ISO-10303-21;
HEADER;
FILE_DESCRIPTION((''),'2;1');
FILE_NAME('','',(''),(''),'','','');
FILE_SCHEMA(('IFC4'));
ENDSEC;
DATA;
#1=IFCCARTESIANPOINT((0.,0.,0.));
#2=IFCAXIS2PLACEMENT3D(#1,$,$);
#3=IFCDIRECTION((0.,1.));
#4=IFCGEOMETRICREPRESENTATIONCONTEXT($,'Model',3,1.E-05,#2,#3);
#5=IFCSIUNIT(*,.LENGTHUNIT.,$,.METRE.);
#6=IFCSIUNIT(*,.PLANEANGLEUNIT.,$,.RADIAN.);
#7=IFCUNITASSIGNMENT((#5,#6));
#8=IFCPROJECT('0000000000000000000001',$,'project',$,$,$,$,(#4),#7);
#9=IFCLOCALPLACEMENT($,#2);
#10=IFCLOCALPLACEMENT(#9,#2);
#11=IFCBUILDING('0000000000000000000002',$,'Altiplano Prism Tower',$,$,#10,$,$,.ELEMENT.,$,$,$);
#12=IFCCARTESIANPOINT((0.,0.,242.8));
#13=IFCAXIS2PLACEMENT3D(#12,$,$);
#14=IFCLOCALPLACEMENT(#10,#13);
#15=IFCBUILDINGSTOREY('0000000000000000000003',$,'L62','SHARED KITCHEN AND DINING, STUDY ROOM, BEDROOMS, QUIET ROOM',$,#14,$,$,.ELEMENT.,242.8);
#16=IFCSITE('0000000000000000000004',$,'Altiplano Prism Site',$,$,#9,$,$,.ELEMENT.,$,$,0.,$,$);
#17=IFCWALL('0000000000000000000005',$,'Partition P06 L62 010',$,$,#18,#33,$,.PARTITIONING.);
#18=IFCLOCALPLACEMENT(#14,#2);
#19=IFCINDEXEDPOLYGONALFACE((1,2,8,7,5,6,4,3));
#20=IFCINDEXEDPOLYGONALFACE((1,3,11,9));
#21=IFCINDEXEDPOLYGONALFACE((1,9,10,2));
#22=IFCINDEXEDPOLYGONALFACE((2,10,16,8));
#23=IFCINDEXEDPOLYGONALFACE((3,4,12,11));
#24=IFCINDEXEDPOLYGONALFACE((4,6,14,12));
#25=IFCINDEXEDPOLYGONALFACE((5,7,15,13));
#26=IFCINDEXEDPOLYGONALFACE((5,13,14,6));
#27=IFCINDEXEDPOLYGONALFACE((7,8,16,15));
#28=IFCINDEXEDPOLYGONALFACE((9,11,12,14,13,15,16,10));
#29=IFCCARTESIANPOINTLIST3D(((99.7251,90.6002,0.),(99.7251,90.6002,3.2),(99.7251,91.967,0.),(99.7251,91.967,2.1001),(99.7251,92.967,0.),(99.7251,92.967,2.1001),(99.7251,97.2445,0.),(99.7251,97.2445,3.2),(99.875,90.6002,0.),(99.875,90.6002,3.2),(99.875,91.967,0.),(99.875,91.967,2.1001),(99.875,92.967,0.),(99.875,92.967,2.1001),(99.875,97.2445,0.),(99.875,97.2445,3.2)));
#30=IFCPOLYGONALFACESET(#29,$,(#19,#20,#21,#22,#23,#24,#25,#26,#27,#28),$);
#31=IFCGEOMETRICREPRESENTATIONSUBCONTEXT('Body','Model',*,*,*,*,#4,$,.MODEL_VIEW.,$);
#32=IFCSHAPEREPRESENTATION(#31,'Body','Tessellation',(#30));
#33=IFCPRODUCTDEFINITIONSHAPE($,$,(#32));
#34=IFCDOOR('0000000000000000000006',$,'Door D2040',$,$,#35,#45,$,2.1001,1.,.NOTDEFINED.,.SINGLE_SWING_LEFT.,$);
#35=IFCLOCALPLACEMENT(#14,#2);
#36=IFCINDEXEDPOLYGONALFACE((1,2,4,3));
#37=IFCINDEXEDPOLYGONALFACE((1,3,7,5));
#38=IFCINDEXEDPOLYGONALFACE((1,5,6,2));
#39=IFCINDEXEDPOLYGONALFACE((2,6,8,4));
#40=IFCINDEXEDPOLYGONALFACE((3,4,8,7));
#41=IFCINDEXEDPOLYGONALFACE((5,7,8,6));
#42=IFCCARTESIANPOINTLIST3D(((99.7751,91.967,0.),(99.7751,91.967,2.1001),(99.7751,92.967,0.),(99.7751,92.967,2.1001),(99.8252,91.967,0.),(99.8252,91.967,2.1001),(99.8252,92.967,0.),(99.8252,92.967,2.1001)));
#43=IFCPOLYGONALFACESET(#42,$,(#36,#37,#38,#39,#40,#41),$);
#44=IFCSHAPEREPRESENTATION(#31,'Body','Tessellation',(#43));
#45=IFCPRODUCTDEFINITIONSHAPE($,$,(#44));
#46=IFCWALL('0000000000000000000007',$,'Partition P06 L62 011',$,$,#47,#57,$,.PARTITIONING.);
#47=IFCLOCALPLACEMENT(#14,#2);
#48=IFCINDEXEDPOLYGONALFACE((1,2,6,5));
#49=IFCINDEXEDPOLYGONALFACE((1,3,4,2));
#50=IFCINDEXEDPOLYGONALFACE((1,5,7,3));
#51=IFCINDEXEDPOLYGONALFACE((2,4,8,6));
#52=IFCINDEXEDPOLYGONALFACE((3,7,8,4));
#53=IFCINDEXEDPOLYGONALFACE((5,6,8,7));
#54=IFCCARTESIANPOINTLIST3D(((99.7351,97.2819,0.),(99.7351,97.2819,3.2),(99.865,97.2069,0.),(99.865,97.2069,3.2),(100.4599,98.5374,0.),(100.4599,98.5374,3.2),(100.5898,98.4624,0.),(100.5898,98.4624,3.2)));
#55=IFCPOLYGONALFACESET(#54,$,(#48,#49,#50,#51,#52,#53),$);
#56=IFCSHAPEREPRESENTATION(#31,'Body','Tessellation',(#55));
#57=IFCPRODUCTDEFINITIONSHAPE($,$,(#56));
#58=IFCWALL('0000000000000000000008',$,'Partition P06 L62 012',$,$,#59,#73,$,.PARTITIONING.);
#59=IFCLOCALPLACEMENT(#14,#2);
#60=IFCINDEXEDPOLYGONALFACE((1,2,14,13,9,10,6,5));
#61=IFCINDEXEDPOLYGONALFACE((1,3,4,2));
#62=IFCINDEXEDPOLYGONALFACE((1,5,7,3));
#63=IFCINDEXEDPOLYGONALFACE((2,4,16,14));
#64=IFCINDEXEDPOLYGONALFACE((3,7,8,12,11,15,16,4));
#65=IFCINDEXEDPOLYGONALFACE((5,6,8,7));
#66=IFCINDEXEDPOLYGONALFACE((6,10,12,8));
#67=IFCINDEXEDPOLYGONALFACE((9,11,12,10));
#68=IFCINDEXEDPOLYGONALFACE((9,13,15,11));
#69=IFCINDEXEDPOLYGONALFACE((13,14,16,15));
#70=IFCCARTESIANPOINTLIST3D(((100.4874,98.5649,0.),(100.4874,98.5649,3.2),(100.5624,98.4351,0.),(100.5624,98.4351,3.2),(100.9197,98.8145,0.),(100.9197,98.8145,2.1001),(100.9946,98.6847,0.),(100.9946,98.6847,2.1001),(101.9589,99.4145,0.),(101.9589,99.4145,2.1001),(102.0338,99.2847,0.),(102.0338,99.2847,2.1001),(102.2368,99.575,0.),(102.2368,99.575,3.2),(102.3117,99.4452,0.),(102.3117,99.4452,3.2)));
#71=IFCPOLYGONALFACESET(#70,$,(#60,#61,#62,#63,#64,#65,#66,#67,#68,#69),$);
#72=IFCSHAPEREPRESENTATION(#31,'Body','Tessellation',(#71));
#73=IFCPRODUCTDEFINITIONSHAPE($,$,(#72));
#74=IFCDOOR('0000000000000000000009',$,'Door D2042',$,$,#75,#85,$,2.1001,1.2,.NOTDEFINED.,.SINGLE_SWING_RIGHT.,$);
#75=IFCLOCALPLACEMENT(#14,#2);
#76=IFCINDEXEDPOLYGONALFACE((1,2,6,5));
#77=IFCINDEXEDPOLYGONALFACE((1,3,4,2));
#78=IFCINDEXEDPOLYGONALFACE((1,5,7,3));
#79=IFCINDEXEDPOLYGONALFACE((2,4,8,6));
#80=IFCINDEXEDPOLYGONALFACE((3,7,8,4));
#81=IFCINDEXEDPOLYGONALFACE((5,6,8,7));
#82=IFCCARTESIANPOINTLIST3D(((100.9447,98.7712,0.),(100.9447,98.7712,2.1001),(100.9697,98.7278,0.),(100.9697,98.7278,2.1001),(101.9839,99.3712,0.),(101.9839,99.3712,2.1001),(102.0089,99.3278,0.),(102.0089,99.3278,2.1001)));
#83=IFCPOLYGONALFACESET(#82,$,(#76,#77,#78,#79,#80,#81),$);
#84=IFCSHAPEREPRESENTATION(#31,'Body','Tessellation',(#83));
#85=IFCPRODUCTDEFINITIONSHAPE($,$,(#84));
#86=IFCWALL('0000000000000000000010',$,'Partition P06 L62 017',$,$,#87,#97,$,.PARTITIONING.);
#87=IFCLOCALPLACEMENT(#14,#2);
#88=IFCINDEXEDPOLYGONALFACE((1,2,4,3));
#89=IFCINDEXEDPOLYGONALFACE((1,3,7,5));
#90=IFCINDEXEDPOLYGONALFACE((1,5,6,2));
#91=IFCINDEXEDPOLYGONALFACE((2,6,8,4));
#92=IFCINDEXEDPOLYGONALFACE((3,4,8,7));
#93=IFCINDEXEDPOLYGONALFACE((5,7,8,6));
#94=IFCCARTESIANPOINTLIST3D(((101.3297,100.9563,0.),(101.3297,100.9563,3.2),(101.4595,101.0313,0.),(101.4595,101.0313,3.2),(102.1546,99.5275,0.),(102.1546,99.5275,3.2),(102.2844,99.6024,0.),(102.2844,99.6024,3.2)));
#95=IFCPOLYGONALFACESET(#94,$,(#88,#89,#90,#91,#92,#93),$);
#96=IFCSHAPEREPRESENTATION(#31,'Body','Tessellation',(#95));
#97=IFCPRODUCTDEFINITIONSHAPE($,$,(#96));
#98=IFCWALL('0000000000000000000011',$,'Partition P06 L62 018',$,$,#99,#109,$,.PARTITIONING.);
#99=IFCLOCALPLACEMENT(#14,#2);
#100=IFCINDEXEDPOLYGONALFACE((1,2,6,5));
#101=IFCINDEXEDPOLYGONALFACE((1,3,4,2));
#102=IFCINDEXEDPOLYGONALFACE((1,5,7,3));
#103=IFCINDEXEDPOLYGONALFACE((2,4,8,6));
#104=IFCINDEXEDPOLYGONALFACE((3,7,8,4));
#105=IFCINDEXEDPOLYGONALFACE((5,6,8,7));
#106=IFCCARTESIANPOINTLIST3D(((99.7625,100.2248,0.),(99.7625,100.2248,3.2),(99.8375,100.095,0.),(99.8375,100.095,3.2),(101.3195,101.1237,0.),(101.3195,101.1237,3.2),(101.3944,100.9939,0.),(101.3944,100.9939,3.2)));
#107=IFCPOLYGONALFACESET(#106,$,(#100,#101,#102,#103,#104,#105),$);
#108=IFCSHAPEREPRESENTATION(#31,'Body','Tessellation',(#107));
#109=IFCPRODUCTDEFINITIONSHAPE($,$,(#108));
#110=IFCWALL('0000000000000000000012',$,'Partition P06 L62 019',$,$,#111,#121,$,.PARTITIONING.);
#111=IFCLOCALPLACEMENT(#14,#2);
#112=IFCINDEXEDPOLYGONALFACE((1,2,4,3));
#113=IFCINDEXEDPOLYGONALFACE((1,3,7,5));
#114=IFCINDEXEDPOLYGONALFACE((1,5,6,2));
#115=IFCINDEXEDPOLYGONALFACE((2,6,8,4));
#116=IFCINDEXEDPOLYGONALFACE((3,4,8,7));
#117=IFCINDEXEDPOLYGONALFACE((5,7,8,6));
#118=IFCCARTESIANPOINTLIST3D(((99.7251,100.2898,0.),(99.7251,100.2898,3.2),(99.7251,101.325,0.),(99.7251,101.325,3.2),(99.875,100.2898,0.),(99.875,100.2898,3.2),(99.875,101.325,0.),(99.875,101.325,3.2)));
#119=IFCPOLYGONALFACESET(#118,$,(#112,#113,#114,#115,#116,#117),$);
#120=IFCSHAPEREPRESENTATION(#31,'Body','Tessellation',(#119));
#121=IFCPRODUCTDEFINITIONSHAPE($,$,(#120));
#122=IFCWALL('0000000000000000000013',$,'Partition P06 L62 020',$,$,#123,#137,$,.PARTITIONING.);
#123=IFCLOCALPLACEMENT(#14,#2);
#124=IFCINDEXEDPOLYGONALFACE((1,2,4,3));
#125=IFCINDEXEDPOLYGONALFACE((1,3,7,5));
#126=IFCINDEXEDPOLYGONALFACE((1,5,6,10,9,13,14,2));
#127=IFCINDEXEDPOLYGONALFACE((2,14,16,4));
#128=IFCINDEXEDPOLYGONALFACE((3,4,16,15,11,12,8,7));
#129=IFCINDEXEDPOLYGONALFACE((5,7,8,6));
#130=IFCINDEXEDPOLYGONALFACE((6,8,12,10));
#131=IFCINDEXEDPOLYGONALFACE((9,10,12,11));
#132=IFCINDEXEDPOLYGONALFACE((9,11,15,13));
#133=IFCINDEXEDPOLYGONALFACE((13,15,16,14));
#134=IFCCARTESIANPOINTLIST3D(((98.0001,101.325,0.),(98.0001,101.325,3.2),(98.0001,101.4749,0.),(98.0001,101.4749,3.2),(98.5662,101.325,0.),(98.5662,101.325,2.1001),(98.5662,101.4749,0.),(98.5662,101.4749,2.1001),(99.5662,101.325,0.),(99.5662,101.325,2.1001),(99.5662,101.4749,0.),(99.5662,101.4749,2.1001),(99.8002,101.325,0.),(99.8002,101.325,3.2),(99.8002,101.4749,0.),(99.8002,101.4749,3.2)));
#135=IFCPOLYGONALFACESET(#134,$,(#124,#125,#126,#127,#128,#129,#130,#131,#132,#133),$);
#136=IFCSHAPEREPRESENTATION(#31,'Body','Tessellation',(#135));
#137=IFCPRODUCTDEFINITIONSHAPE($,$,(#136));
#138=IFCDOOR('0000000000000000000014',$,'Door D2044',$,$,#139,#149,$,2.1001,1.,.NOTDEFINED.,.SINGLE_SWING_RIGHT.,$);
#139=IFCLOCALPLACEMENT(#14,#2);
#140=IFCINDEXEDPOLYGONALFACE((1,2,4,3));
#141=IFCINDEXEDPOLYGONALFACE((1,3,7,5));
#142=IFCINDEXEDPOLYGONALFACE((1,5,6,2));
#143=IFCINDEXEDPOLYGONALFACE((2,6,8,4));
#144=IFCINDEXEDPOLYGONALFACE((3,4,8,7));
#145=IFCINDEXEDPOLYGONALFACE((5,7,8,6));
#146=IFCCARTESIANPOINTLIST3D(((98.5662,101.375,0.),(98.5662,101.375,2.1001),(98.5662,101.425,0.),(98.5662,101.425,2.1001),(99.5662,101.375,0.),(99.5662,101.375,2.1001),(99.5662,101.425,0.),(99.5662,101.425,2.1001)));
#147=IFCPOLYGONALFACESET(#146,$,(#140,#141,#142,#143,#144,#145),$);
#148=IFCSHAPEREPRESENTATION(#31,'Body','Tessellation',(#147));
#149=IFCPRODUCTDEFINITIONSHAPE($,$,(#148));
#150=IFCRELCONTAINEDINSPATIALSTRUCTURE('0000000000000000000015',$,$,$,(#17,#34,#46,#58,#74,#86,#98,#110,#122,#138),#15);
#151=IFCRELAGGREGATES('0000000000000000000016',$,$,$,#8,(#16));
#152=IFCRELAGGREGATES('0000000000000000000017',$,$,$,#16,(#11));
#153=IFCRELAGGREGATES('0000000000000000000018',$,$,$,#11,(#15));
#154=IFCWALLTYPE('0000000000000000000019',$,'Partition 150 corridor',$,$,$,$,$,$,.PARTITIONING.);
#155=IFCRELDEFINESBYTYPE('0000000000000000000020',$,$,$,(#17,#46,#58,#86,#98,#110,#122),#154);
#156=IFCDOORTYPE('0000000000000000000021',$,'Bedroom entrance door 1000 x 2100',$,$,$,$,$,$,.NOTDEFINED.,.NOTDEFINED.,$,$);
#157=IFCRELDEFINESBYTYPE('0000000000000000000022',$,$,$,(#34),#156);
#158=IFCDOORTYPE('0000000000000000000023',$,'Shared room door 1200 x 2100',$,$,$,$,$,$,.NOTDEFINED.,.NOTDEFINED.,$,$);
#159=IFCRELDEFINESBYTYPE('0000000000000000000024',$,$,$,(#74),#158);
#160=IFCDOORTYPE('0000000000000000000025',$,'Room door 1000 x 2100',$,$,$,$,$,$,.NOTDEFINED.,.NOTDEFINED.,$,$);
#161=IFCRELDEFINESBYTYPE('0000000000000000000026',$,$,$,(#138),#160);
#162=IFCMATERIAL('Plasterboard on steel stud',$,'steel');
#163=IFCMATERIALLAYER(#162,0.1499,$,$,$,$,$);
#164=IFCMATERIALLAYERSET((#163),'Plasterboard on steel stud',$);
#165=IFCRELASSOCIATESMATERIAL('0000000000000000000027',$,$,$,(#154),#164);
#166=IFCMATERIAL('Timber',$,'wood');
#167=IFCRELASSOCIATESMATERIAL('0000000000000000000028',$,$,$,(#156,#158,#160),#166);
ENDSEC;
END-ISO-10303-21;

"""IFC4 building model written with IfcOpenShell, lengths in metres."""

from ifc_helpers import new_model, si_unit, direction, frame, frame_2d, origin, place, context, subcontext, project, spatial, rectangle, extrude, material, layer, layer_set, type_object, element, fill, save


model = new_model("IFC4")

# Units and contexts
model_context = context("Model", 3, precision=1e-05, world=origin(), true_north=direction((0.0, 1.0)))
body_context = subcontext(model_context, "Body", "Model", "MODEL_VIEW")
ifc_project = project(units=[si_unit("LENGTHUNIT", "METRE"), si_unit("PLANEANGLEUNIT", "RADIAN")], contexts=[model_context])

# Site, building, storey
site_placement = place(None, origin())
site = spatial("IfcSite", under=ifc_project, at=site_placement, Name="Altiplano Prism Site", CompositionType="ELEMENT", RefElevation=0.0)
building_placement = place(site_placement, origin())
building = spatial("IfcBuilding", under=site, at=building_placement, Name="Altiplano Prism Tower", CompositionType="ELEMENT")
storey_placement = place(building_placement, frame((0.0, 0.0, 242.8)))
storey = spatial("IfcBuildingStorey", under=building, at=storey_placement, Name="L62", Description="SHARED KITCHEN AND DINING, STUDY ROOM, BEDROOMS, QUIET ROOM", CompositionType="ELEMENT", Elevation=242.8)

# Shared definitions
ifc_material_1 = material(Name="Plasterboard on steel stud", Category="steel")
ifc_material_2 = material(Name="Timber", Category="wood")

# Wall, opening, door
ifc_layer_1 = layer(ifc_material_1, 0.1499)
ifc_layer_set_1 = layer_set([ifc_layer_1], Name="Plasterboard on steel stud")
wall_type_1 = type_object("IfcWallType", Name="Partition 150 corridor", PredefinedType="PARTITIONING", material=ifc_layer_set_1)
wall_1_placement = place(storey_placement, frame((99.8, 90.6001, 0.0), z_axis=(0.0, 0.0, 1.0), x_axis=(0.0, 1.0, 0.0)))
wall_1 = element("IfcWall", 1, at=wall_1_placement, inside=storey, type_object=wall_type_1, Name="Partition P06 L62 010", PredefinedType="PARTITIONING", context=body_context, shape_type="SweptSolid", body=[
    extrude(rectangle(XDim=6.6443, YDim=0.1499, at=frame_2d((3.3223, 0.0))), origin(), (0.0, 0.0, 1.0), 3.2),
])
opening_1_placement = place(wall_1_placement, frame((1.3669, 0.0, 0.0)))
opening_1 = element("IfcOpeningElement", 2, at=opening_1_placement, cuts=wall_1, PredefinedType="OPENING", context=body_context, shape_type="SweptSolid", body=[
    extrude(rectangle(XDim=1.0, YDim=2.1001, at=frame_2d((0.5, 1.05))), frame((0.0, 0.0854, 0.0), z_axis=(0.0, -1.0, 0.0), x_axis=(1.0, 0.0, 0.0)), (0.0, 0.0, 1.0), 0.1709),
])
door_type_1 = type_object("IfcDoorType", Name="Bedroom entrance door 1000 x 2100", OperationType="NOTDEFINED", PredefinedType="NOTDEFINED", material=ifc_material_2)
door_1_placement = place(opening_1_placement, origin())
door_1 = element("IfcDoor", 3, at=door_1_placement, inside=storey, type_object=door_type_1, Name="Door D2040", OperationType="SINGLE_SWING_LEFT", OverallHeight=2.1001, OverallWidth=1.0, PredefinedType="NOTDEFINED", context=body_context, shape_type="SweptSolid", body=[
    extrude(rectangle(XDim=1.0, YDim=2.1001, at=frame_2d((0.5, 1.05))), frame((0.0, 0.0249, 0.0), z_axis=(0.0, -1.0, 0.0), x_axis=(1.0, 0.0, 0.0)), (0.0, 0.0, 1.0), 0.05),
])
fill(opening_1, door_1)

# Wall
wall_2_placement = place(storey_placement, frame((99.8, 97.2444, 0.0), z_axis=(0.0, 0.0, 1.0), x_axis=(0.499961, 0.866048, 0.0)))
element("IfcWall", 4, at=wall_2_placement, inside=storey, type_object=wall_type_1, Name="Partition P06 L62 011", PredefinedType="PARTITIONING", context=body_context, shape_type="SweptSolid", body=[
    extrude(rectangle(XDim=1.4497, YDim=0.1499, at=frame_2d((0.7249, 0.0))), origin(), (0.0, 0.0, 1.0), 3.2),
])

# Wall, opening, door
wall_3_placement = place(storey_placement, frame((100.5249, 98.5, 0.0), z_axis=(0.0, 0.0, 1.0), x_axis=(0.86601, 0.500026, 0.0)))
wall_3 = element("IfcWall", 5, at=wall_3_placement, inside=storey, type_object=wall_type_1, Name="Partition P06 L62 012", PredefinedType="PARTITIONING", context=body_context, shape_type="SweptSolid", body=[
    extrude(rectangle(XDim=2.02, YDim=0.1499, at=frame_2d((1.01, 0.0))), origin(), (0.0, 0.0, 1.0), 3.2),
])
opening_2_placement = place(wall_3_placement, frame((0.499, 0.0, 0.0)))
opening_2 = element("IfcOpeningElement", 6, at=opening_2_placement, cuts=wall_3, PredefinedType="OPENING", context=body_context, shape_type="SweptSolid", body=[
    extrude(rectangle(XDim=1.2, YDim=2.1001, at=frame_2d((0.6001, 1.05))), frame((0.0, 0.0854, 0.0), z_axis=(0.0, -1.0, 0.0), x_axis=(1.0, 0.0, 0.0)), (0.0, 0.0, 1.0), 0.1709),
])
door_type_2 = type_object("IfcDoorType", Name="Shared room door 1200 x 2100", OperationType="NOTDEFINED", PredefinedType="NOTDEFINED", material=ifc_material_2)
door_2_placement = place(opening_2_placement, origin())
door_2 = element("IfcDoor", 7, at=door_2_placement, inside=storey, type_object=door_type_2, Name="Door D2042", OperationType="SINGLE_SWING_RIGHT", OverallHeight=2.1001, OverallWidth=1.2, PredefinedType="NOTDEFINED", context=body_context, shape_type="SweptSolid", body=[
    extrude(rectangle(XDim=1.2, YDim=2.1001, at=frame_2d((0.6001, 1.05))), frame((0.0, 0.0249, 0.0), z_axis=(0.0, -1.0, 0.0), x_axis=(1.0, 0.0, 0.0)), (0.0, 0.0, 1.0), 0.05),
])
fill(opening_2, door_2)

# Walls
wall_4_placement = place(storey_placement, frame((102.2195, 99.5649, 0.0), z_axis=(0.0, 0.0, 1.0), x_axis=(-0.499974, 0.86604, 0.0)))
element("IfcWall", 8, at=wall_4_placement, inside=storey, type_object=wall_type_1, Name="Partition P06 L62 017", PredefinedType="PARTITIONING", context=body_context, shape_type="SweptSolid", body=[
    extrude(rectangle(XDim=1.6499, YDim=0.1499, at=frame_2d((0.825, 0.0))), origin(), (0.0, 0.0, 1.0), 3.2),
])
wall_5_placement = place(storey_placement, frame((101.3569, 101.0588, 0.0), z_axis=(0.0, 0.0, 1.0), x_axis=(-0.866011, -0.500024, 0.0)))
element("IfcWall", 9, at=wall_5_placement, inside=storey, type_object=wall_type_1, Name="Partition P06 L62 018", PredefinedType="PARTITIONING", context=body_context, shape_type="SweptSolid", body=[
    extrude(rectangle(XDim=1.7979, YDim=0.1499, at=frame_2d((0.8989, 0.0))), origin(), (0.0, 0.0, 1.0), 3.2),
])
wall_6_placement = place(storey_placement, frame((99.8, 100.2898, 0.0), z_axis=(0.0, 0.0, 1.0), x_axis=(0.0, 1.0, 0.0)))
element("IfcWall", 10, at=wall_6_placement, inside=storey, type_object=wall_type_1, Name="Partition P06 L62 019", PredefinedType="PARTITIONING", context=body_context, shape_type="SweptSolid", body=[
    extrude(rectangle(XDim=1.0352, YDim=0.1499, at=frame_2d((0.5176, 0.0))), origin(), (0.0, 0.0, 1.0), 3.2),
])

# Wall, opening, door
wall_7_placement = place(storey_placement, frame((99.8, 101.3999, 0.0), z_axis=(0.0, 0.0, 1.0), x_axis=(-1.0, 0.0, 0.0)))
wall_7 = element("IfcWall", 11, at=wall_7_placement, inside=storey, type_object=wall_type_1, Name="Partition P06 L62 020", PredefinedType="PARTITIONING", context=body_context, shape_type="SweptSolid", body=[
    extrude(rectangle(XDim=1.8, YDim=0.1499, at=frame_2d((0.8999, 0.0))), origin(), (0.0, 0.0, 1.0), 3.2),
])
opening_3_placement = place(wall_7_placement, frame((0.2339, 0.0, 0.0)))
opening_3 = element("IfcOpeningElement", 12, at=opening_3_placement, cuts=wall_7, PredefinedType="OPENING", context=body_context, shape_type="SweptSolid", body=[
    extrude(rectangle(XDim=1.0, YDim=2.1001, at=frame_2d((0.5, 1.05))), frame((0.0, 0.0854, 0.0), z_axis=(0.0, -1.0, 0.0), x_axis=(1.0, 0.0, 0.0)), (0.0, 0.0, 1.0), 0.1709),
])
door_type_3 = type_object("IfcDoorType", Name="Room door 1000 x 2100", OperationType="NOTDEFINED", PredefinedType="NOTDEFINED", material=ifc_material_2)
door_3_placement = place(opening_3_placement, origin())
door_3 = element("IfcDoor", 13, at=door_3_placement, inside=storey, type_object=door_type_3, Name="Door D2044", OperationType="SINGLE_SWING_RIGHT", OverallHeight=2.1001, OverallWidth=1.0, PredefinedType="NOTDEFINED", context=body_context, shape_type="SweptSolid", body=[
    extrude(rectangle(XDim=1.0, YDim=2.1001, at=frame_2d((0.5, 1.05))), frame((0.0, 0.0249, 0.0), z_axis=(0.0, -1.0, 0.0), x_axis=(1.0, 0.0, 0.0)), (0.0, 0.0, 1.0), 0.05),
])
fill(opening_3, door_3)

save(model, "model.ifc")
